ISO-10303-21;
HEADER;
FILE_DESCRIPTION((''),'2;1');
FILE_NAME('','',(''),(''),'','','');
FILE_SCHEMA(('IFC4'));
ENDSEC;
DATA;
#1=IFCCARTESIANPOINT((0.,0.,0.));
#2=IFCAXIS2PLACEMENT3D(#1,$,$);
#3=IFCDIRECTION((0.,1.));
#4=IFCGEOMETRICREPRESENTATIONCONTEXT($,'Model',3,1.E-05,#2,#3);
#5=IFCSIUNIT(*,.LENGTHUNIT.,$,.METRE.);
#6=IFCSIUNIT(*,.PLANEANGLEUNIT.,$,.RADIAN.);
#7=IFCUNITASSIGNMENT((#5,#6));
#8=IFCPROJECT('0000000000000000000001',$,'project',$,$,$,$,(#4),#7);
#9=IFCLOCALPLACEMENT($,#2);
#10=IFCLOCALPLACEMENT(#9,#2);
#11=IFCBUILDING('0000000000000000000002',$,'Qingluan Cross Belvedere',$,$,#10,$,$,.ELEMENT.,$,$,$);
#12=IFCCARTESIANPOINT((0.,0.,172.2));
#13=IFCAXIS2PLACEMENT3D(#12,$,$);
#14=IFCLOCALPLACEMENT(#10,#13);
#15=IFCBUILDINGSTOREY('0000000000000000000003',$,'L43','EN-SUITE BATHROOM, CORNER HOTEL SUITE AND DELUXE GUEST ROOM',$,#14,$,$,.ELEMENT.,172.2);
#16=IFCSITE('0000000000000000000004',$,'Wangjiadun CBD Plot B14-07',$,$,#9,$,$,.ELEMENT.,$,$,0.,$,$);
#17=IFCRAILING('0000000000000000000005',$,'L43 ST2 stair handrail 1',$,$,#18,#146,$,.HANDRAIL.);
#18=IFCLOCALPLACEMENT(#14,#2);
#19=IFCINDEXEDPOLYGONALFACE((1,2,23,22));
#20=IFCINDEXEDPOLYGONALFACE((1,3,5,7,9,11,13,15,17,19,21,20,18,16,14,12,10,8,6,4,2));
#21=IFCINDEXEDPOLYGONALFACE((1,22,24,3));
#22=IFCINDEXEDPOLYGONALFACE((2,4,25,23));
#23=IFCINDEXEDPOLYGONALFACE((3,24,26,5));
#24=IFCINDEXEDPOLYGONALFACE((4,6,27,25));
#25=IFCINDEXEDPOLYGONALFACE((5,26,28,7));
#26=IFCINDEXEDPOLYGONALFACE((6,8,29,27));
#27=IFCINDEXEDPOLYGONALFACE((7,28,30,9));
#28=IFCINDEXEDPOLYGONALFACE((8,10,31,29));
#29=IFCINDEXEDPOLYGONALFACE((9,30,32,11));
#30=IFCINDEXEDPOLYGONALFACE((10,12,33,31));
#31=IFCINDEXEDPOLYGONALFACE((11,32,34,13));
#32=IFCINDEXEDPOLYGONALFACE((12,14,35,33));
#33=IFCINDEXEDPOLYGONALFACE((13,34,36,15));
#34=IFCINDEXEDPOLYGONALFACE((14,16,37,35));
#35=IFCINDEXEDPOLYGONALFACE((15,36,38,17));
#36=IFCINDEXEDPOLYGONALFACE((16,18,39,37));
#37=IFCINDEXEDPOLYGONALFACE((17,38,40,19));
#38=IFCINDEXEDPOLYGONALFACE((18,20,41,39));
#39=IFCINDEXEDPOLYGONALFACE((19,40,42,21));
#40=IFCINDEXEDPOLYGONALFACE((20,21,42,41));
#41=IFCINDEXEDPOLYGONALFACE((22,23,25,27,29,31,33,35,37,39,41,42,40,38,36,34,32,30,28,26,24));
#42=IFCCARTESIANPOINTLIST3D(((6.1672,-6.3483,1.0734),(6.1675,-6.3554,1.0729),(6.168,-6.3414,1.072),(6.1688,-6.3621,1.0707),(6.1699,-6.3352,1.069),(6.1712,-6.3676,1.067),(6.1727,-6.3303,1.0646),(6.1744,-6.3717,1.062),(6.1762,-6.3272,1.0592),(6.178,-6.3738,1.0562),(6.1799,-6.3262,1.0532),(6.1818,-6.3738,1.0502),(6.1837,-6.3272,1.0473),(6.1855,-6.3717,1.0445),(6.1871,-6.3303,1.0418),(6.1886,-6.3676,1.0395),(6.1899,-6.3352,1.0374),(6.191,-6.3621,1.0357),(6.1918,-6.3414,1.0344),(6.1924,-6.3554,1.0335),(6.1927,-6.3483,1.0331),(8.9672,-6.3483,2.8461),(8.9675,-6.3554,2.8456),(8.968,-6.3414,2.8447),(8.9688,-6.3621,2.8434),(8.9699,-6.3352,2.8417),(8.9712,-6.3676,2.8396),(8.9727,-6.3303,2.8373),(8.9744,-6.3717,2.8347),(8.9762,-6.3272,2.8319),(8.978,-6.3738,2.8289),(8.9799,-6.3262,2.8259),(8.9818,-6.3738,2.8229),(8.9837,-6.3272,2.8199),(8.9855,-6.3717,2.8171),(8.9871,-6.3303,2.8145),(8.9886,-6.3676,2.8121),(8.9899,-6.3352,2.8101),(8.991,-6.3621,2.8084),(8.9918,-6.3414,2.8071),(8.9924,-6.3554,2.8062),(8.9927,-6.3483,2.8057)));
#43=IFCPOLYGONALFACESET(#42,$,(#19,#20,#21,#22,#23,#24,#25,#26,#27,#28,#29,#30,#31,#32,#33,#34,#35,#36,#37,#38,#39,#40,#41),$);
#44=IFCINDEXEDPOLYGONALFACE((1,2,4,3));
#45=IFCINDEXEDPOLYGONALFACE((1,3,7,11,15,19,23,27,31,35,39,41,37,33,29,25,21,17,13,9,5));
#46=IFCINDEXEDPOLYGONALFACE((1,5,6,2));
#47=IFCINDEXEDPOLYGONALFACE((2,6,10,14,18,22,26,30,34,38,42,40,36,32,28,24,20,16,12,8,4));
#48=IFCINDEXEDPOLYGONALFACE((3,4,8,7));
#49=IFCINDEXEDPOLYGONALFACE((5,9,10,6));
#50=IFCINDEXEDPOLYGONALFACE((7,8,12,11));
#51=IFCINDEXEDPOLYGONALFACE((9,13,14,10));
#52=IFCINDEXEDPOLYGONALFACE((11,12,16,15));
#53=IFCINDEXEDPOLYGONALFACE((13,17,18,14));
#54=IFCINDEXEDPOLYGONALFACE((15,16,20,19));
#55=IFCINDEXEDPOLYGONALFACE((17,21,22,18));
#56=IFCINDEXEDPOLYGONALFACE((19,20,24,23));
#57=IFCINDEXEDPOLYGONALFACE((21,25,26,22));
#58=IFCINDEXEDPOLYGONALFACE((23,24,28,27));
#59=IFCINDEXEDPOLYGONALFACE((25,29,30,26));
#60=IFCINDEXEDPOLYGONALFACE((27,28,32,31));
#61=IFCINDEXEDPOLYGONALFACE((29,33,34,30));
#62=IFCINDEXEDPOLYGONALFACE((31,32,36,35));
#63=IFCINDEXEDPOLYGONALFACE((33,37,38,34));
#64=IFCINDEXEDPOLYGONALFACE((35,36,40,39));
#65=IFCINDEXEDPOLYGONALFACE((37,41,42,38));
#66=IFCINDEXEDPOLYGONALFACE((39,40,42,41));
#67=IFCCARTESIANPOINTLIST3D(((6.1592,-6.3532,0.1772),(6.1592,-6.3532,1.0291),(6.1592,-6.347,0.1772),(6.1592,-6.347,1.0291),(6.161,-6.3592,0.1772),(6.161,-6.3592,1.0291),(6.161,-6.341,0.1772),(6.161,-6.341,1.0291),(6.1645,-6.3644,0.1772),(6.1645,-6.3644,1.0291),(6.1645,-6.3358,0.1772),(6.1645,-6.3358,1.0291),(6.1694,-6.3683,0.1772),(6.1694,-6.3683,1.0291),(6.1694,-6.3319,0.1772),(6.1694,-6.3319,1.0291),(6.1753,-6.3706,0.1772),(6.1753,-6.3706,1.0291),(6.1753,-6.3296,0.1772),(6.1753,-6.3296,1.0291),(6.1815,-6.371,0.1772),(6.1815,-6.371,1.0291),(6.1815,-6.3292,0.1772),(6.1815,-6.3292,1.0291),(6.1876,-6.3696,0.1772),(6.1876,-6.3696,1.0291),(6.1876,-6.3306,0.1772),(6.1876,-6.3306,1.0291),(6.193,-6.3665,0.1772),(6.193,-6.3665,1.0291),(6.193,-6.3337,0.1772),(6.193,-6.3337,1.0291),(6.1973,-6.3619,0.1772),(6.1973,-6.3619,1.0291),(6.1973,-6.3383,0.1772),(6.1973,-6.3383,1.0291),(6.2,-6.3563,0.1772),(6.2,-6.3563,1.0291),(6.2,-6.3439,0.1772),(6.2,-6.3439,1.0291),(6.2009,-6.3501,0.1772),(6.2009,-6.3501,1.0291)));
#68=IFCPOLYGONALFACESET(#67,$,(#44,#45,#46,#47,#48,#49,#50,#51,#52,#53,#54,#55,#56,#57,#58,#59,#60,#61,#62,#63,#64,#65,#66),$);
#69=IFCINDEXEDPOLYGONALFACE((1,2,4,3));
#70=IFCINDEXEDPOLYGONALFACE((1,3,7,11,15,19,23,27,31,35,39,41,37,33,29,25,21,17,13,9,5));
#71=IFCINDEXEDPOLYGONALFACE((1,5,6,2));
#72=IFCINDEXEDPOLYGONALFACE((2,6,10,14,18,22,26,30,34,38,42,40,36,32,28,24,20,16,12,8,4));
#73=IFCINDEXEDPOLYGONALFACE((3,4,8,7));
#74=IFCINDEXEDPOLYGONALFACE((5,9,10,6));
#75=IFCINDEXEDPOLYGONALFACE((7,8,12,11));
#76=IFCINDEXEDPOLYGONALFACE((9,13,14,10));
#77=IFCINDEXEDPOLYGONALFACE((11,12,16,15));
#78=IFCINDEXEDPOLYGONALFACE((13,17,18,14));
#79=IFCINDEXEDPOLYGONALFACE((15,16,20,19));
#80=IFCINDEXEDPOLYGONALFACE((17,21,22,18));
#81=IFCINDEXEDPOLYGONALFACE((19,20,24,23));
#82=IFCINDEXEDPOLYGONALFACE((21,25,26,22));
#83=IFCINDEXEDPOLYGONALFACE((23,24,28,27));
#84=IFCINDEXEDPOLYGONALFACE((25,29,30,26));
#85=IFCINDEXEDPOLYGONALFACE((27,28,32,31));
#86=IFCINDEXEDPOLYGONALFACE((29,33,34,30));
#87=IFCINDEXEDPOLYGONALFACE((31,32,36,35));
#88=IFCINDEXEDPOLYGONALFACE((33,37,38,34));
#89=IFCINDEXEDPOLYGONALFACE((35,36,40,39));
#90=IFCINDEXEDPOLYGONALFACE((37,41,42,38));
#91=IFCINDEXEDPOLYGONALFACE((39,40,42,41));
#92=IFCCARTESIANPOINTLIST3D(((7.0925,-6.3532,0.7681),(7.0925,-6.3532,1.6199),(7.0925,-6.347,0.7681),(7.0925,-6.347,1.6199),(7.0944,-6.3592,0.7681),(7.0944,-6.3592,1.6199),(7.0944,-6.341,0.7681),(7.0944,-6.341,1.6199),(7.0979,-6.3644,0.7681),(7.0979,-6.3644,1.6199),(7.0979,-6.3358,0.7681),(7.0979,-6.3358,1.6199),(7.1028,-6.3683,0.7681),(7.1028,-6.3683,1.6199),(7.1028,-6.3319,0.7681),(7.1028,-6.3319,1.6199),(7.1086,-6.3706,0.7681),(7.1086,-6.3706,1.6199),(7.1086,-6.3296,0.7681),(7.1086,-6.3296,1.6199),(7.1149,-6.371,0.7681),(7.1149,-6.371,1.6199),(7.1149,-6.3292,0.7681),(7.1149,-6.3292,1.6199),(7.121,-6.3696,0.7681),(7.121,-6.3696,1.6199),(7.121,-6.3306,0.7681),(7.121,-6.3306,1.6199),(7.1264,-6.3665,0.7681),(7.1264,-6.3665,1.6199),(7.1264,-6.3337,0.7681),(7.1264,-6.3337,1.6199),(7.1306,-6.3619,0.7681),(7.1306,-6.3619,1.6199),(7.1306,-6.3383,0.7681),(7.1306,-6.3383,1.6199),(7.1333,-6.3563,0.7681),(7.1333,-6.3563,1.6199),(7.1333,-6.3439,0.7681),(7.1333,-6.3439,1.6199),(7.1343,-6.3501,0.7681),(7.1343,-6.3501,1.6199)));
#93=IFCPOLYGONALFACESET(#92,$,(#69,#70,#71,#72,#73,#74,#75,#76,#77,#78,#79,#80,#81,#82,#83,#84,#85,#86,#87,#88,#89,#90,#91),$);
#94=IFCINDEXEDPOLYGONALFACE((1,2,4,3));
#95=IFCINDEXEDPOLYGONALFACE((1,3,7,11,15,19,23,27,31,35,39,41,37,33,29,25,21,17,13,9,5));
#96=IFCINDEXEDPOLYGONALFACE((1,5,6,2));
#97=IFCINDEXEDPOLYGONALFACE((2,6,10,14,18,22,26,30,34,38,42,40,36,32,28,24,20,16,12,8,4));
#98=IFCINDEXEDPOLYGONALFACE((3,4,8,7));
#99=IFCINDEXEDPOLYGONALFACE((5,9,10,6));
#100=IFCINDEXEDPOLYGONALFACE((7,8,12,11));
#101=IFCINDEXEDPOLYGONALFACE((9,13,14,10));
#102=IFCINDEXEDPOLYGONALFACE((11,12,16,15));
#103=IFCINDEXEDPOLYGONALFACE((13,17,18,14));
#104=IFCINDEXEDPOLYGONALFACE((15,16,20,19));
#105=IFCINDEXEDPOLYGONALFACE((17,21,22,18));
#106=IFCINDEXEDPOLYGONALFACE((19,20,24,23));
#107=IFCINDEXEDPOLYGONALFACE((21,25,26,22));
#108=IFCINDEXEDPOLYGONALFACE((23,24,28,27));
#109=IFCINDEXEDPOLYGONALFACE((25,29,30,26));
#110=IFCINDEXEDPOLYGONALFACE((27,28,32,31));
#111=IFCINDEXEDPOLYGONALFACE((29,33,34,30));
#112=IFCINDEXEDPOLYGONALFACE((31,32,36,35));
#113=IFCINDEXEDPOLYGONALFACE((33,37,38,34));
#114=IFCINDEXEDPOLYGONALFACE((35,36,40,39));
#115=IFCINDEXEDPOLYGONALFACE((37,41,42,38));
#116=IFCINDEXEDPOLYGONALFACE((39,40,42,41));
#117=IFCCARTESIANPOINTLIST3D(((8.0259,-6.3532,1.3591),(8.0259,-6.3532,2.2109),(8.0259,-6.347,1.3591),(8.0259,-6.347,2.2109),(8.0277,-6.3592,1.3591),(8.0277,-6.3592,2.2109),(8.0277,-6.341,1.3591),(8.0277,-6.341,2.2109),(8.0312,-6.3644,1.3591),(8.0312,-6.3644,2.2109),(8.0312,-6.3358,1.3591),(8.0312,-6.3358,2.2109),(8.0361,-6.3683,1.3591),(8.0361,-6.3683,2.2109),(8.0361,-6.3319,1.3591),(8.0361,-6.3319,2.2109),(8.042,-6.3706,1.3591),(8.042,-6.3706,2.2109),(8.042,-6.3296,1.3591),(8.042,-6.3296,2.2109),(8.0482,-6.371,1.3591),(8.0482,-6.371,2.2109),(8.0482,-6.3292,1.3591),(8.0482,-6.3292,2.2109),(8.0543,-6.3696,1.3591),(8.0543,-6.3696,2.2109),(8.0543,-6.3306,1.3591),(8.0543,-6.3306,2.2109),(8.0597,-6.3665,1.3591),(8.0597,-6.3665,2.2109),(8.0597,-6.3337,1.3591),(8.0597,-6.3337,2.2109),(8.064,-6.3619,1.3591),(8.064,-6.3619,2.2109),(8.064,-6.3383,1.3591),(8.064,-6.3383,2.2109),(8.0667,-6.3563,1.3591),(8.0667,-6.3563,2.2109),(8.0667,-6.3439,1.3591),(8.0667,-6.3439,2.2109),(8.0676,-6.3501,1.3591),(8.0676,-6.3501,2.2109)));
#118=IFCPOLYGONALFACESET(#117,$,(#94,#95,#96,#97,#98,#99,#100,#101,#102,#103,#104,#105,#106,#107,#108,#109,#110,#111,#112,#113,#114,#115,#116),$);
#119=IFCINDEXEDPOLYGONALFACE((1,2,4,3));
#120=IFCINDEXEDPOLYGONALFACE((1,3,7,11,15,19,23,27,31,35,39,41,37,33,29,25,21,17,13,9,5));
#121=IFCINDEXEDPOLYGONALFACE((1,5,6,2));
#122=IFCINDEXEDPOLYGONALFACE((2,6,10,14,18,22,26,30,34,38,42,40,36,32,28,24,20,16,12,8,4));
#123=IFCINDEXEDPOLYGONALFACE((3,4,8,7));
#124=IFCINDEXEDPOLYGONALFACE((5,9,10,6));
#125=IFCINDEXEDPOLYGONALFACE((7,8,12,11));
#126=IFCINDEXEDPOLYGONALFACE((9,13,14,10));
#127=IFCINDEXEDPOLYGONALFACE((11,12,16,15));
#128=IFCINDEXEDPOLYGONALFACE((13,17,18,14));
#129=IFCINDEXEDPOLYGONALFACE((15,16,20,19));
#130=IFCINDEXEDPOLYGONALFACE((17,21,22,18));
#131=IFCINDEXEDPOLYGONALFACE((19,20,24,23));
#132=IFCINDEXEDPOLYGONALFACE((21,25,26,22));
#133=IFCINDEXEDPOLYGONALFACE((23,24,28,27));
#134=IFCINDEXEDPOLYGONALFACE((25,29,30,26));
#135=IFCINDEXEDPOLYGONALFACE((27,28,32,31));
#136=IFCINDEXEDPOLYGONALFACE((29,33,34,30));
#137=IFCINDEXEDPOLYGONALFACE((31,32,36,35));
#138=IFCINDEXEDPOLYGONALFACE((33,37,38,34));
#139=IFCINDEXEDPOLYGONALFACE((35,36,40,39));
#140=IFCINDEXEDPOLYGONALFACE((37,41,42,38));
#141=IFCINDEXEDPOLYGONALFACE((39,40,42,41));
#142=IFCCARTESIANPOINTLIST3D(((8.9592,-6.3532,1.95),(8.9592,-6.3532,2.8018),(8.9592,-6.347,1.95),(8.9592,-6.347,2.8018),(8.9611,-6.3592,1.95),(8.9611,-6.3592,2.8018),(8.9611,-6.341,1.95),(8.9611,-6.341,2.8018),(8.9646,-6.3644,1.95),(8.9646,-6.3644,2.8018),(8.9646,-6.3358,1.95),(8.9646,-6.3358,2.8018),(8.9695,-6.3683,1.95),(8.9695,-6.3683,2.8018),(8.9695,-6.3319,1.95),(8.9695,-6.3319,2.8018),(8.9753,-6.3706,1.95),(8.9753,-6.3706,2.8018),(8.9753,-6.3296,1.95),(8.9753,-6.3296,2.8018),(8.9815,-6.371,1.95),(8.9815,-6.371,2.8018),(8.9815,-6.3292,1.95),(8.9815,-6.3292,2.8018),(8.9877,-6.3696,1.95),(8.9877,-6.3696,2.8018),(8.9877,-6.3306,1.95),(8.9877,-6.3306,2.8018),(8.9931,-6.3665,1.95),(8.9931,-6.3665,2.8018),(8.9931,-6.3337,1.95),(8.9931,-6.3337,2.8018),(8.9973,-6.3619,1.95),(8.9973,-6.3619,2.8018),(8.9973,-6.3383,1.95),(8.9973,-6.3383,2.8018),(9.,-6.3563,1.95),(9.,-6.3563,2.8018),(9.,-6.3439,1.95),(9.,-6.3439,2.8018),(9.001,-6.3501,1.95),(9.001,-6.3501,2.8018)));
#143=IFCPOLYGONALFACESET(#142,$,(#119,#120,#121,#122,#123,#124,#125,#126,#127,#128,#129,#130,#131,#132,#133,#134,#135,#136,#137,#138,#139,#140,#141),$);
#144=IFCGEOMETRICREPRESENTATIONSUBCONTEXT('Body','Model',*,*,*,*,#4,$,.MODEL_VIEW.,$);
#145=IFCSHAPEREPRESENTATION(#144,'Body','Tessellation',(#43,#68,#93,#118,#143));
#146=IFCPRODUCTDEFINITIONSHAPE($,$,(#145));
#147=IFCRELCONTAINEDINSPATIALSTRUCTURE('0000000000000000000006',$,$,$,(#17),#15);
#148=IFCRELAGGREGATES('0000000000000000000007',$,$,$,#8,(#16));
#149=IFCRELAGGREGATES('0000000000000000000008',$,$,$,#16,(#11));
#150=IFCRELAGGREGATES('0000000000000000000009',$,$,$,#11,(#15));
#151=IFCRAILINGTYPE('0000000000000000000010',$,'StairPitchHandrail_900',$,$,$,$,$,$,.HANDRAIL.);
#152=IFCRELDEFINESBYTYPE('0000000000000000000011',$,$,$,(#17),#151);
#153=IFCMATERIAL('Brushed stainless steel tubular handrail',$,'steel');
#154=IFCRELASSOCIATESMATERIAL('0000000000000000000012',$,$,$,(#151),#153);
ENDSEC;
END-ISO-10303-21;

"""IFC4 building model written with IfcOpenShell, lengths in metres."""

from ifc_helpers import new_model, si_unit, direction, frame, origin, origin_2d, place, context, subcontext, project, spatial, circle, extrude, material, type_object, element, save


model = new_model("IFC4")

# Units and contexts
model_context = context("Model", 3, precision=1e-05, world=origin(), true_north=direction((0.0, 1.0)))
body_context = subcontext(model_context, "Body", "Model", "MODEL_VIEW")
ifc_project = project(units=[si_unit("LENGTHUNIT", "METRE"), si_unit("PLANEANGLEUNIT", "RADIAN")], contexts=[model_context])

# Site, building, storey
site_placement = place(None, origin())
site = spatial("IfcSite", under=ifc_project, at=site_placement, Name="Wangjiadun CBD Plot B14-07", CompositionType="ELEMENT", RefElevation=0.0)
building_placement = place(site_placement, origin())
building = spatial("IfcBuilding", under=site, at=building_placement, Name="Qingluan Cross Belvedere", CompositionType="ELEMENT")
storey_placement = place(building_placement, frame((0.0, 0.0, 172.2)))
storey = spatial("IfcBuildingStorey", under=building, at=storey_placement, Name="L43", Description="EN-SUITE BATHROOM, CORNER HOTEL SUITE AND DELUXE GUEST ROOM", CompositionType="ELEMENT", Elevation=172.2)

# Railing
ifc_material_1 = material(Name="Brushed stainless steel tubular handrail", Category="steel")
railing_type_1 = type_object("IfcRailingType", Name="StairPitchHandrail_900", PredefinedType="HANDRAIL", material=ifc_material_1)
railing_1_placement = place(storey_placement, frame((6.1799, -6.3501, 0.1772)))
element("IfcRailing", 1, at=railing_1_placement, inside=storey, type_object=railing_type_1, Name="L43 ST2 stair handrail 1", PredefinedType="HANDRAIL", context=body_context, shape_type="SweptSolid", body=[
    extrude(circle(Radius=0.0239, at=origin_2d()), frame((0.0, 0.0, 0.876), z_axis=(0.844909, 0.0, 0.53491), x_axis=(0.0, 1.0, 0.0)), (0.0, 0.0, 1.0), 3.314),
    extrude(circle(Radius=0.021, at=origin_2d()), origin(), (0.0, 0.0, 1.0), 0.8518),
    extrude(circle(Radius=0.021, at=origin_2d()), frame((0.9333, 0.0, 0.5908)), (0.0, 0.0, 1.0), 0.8518),
    extrude(circle(Radius=0.021, at=origin_2d()), frame((1.8667, 0.0, 1.1819)), (0.0, 0.0, 1.0), 0.8518),
    extrude(circle(Radius=0.021, at=origin_2d()), frame((2.8, 0.0, 1.7727)), (0.0, 0.0, 1.0), 0.8518),
])

save(model, "model.ifc")
